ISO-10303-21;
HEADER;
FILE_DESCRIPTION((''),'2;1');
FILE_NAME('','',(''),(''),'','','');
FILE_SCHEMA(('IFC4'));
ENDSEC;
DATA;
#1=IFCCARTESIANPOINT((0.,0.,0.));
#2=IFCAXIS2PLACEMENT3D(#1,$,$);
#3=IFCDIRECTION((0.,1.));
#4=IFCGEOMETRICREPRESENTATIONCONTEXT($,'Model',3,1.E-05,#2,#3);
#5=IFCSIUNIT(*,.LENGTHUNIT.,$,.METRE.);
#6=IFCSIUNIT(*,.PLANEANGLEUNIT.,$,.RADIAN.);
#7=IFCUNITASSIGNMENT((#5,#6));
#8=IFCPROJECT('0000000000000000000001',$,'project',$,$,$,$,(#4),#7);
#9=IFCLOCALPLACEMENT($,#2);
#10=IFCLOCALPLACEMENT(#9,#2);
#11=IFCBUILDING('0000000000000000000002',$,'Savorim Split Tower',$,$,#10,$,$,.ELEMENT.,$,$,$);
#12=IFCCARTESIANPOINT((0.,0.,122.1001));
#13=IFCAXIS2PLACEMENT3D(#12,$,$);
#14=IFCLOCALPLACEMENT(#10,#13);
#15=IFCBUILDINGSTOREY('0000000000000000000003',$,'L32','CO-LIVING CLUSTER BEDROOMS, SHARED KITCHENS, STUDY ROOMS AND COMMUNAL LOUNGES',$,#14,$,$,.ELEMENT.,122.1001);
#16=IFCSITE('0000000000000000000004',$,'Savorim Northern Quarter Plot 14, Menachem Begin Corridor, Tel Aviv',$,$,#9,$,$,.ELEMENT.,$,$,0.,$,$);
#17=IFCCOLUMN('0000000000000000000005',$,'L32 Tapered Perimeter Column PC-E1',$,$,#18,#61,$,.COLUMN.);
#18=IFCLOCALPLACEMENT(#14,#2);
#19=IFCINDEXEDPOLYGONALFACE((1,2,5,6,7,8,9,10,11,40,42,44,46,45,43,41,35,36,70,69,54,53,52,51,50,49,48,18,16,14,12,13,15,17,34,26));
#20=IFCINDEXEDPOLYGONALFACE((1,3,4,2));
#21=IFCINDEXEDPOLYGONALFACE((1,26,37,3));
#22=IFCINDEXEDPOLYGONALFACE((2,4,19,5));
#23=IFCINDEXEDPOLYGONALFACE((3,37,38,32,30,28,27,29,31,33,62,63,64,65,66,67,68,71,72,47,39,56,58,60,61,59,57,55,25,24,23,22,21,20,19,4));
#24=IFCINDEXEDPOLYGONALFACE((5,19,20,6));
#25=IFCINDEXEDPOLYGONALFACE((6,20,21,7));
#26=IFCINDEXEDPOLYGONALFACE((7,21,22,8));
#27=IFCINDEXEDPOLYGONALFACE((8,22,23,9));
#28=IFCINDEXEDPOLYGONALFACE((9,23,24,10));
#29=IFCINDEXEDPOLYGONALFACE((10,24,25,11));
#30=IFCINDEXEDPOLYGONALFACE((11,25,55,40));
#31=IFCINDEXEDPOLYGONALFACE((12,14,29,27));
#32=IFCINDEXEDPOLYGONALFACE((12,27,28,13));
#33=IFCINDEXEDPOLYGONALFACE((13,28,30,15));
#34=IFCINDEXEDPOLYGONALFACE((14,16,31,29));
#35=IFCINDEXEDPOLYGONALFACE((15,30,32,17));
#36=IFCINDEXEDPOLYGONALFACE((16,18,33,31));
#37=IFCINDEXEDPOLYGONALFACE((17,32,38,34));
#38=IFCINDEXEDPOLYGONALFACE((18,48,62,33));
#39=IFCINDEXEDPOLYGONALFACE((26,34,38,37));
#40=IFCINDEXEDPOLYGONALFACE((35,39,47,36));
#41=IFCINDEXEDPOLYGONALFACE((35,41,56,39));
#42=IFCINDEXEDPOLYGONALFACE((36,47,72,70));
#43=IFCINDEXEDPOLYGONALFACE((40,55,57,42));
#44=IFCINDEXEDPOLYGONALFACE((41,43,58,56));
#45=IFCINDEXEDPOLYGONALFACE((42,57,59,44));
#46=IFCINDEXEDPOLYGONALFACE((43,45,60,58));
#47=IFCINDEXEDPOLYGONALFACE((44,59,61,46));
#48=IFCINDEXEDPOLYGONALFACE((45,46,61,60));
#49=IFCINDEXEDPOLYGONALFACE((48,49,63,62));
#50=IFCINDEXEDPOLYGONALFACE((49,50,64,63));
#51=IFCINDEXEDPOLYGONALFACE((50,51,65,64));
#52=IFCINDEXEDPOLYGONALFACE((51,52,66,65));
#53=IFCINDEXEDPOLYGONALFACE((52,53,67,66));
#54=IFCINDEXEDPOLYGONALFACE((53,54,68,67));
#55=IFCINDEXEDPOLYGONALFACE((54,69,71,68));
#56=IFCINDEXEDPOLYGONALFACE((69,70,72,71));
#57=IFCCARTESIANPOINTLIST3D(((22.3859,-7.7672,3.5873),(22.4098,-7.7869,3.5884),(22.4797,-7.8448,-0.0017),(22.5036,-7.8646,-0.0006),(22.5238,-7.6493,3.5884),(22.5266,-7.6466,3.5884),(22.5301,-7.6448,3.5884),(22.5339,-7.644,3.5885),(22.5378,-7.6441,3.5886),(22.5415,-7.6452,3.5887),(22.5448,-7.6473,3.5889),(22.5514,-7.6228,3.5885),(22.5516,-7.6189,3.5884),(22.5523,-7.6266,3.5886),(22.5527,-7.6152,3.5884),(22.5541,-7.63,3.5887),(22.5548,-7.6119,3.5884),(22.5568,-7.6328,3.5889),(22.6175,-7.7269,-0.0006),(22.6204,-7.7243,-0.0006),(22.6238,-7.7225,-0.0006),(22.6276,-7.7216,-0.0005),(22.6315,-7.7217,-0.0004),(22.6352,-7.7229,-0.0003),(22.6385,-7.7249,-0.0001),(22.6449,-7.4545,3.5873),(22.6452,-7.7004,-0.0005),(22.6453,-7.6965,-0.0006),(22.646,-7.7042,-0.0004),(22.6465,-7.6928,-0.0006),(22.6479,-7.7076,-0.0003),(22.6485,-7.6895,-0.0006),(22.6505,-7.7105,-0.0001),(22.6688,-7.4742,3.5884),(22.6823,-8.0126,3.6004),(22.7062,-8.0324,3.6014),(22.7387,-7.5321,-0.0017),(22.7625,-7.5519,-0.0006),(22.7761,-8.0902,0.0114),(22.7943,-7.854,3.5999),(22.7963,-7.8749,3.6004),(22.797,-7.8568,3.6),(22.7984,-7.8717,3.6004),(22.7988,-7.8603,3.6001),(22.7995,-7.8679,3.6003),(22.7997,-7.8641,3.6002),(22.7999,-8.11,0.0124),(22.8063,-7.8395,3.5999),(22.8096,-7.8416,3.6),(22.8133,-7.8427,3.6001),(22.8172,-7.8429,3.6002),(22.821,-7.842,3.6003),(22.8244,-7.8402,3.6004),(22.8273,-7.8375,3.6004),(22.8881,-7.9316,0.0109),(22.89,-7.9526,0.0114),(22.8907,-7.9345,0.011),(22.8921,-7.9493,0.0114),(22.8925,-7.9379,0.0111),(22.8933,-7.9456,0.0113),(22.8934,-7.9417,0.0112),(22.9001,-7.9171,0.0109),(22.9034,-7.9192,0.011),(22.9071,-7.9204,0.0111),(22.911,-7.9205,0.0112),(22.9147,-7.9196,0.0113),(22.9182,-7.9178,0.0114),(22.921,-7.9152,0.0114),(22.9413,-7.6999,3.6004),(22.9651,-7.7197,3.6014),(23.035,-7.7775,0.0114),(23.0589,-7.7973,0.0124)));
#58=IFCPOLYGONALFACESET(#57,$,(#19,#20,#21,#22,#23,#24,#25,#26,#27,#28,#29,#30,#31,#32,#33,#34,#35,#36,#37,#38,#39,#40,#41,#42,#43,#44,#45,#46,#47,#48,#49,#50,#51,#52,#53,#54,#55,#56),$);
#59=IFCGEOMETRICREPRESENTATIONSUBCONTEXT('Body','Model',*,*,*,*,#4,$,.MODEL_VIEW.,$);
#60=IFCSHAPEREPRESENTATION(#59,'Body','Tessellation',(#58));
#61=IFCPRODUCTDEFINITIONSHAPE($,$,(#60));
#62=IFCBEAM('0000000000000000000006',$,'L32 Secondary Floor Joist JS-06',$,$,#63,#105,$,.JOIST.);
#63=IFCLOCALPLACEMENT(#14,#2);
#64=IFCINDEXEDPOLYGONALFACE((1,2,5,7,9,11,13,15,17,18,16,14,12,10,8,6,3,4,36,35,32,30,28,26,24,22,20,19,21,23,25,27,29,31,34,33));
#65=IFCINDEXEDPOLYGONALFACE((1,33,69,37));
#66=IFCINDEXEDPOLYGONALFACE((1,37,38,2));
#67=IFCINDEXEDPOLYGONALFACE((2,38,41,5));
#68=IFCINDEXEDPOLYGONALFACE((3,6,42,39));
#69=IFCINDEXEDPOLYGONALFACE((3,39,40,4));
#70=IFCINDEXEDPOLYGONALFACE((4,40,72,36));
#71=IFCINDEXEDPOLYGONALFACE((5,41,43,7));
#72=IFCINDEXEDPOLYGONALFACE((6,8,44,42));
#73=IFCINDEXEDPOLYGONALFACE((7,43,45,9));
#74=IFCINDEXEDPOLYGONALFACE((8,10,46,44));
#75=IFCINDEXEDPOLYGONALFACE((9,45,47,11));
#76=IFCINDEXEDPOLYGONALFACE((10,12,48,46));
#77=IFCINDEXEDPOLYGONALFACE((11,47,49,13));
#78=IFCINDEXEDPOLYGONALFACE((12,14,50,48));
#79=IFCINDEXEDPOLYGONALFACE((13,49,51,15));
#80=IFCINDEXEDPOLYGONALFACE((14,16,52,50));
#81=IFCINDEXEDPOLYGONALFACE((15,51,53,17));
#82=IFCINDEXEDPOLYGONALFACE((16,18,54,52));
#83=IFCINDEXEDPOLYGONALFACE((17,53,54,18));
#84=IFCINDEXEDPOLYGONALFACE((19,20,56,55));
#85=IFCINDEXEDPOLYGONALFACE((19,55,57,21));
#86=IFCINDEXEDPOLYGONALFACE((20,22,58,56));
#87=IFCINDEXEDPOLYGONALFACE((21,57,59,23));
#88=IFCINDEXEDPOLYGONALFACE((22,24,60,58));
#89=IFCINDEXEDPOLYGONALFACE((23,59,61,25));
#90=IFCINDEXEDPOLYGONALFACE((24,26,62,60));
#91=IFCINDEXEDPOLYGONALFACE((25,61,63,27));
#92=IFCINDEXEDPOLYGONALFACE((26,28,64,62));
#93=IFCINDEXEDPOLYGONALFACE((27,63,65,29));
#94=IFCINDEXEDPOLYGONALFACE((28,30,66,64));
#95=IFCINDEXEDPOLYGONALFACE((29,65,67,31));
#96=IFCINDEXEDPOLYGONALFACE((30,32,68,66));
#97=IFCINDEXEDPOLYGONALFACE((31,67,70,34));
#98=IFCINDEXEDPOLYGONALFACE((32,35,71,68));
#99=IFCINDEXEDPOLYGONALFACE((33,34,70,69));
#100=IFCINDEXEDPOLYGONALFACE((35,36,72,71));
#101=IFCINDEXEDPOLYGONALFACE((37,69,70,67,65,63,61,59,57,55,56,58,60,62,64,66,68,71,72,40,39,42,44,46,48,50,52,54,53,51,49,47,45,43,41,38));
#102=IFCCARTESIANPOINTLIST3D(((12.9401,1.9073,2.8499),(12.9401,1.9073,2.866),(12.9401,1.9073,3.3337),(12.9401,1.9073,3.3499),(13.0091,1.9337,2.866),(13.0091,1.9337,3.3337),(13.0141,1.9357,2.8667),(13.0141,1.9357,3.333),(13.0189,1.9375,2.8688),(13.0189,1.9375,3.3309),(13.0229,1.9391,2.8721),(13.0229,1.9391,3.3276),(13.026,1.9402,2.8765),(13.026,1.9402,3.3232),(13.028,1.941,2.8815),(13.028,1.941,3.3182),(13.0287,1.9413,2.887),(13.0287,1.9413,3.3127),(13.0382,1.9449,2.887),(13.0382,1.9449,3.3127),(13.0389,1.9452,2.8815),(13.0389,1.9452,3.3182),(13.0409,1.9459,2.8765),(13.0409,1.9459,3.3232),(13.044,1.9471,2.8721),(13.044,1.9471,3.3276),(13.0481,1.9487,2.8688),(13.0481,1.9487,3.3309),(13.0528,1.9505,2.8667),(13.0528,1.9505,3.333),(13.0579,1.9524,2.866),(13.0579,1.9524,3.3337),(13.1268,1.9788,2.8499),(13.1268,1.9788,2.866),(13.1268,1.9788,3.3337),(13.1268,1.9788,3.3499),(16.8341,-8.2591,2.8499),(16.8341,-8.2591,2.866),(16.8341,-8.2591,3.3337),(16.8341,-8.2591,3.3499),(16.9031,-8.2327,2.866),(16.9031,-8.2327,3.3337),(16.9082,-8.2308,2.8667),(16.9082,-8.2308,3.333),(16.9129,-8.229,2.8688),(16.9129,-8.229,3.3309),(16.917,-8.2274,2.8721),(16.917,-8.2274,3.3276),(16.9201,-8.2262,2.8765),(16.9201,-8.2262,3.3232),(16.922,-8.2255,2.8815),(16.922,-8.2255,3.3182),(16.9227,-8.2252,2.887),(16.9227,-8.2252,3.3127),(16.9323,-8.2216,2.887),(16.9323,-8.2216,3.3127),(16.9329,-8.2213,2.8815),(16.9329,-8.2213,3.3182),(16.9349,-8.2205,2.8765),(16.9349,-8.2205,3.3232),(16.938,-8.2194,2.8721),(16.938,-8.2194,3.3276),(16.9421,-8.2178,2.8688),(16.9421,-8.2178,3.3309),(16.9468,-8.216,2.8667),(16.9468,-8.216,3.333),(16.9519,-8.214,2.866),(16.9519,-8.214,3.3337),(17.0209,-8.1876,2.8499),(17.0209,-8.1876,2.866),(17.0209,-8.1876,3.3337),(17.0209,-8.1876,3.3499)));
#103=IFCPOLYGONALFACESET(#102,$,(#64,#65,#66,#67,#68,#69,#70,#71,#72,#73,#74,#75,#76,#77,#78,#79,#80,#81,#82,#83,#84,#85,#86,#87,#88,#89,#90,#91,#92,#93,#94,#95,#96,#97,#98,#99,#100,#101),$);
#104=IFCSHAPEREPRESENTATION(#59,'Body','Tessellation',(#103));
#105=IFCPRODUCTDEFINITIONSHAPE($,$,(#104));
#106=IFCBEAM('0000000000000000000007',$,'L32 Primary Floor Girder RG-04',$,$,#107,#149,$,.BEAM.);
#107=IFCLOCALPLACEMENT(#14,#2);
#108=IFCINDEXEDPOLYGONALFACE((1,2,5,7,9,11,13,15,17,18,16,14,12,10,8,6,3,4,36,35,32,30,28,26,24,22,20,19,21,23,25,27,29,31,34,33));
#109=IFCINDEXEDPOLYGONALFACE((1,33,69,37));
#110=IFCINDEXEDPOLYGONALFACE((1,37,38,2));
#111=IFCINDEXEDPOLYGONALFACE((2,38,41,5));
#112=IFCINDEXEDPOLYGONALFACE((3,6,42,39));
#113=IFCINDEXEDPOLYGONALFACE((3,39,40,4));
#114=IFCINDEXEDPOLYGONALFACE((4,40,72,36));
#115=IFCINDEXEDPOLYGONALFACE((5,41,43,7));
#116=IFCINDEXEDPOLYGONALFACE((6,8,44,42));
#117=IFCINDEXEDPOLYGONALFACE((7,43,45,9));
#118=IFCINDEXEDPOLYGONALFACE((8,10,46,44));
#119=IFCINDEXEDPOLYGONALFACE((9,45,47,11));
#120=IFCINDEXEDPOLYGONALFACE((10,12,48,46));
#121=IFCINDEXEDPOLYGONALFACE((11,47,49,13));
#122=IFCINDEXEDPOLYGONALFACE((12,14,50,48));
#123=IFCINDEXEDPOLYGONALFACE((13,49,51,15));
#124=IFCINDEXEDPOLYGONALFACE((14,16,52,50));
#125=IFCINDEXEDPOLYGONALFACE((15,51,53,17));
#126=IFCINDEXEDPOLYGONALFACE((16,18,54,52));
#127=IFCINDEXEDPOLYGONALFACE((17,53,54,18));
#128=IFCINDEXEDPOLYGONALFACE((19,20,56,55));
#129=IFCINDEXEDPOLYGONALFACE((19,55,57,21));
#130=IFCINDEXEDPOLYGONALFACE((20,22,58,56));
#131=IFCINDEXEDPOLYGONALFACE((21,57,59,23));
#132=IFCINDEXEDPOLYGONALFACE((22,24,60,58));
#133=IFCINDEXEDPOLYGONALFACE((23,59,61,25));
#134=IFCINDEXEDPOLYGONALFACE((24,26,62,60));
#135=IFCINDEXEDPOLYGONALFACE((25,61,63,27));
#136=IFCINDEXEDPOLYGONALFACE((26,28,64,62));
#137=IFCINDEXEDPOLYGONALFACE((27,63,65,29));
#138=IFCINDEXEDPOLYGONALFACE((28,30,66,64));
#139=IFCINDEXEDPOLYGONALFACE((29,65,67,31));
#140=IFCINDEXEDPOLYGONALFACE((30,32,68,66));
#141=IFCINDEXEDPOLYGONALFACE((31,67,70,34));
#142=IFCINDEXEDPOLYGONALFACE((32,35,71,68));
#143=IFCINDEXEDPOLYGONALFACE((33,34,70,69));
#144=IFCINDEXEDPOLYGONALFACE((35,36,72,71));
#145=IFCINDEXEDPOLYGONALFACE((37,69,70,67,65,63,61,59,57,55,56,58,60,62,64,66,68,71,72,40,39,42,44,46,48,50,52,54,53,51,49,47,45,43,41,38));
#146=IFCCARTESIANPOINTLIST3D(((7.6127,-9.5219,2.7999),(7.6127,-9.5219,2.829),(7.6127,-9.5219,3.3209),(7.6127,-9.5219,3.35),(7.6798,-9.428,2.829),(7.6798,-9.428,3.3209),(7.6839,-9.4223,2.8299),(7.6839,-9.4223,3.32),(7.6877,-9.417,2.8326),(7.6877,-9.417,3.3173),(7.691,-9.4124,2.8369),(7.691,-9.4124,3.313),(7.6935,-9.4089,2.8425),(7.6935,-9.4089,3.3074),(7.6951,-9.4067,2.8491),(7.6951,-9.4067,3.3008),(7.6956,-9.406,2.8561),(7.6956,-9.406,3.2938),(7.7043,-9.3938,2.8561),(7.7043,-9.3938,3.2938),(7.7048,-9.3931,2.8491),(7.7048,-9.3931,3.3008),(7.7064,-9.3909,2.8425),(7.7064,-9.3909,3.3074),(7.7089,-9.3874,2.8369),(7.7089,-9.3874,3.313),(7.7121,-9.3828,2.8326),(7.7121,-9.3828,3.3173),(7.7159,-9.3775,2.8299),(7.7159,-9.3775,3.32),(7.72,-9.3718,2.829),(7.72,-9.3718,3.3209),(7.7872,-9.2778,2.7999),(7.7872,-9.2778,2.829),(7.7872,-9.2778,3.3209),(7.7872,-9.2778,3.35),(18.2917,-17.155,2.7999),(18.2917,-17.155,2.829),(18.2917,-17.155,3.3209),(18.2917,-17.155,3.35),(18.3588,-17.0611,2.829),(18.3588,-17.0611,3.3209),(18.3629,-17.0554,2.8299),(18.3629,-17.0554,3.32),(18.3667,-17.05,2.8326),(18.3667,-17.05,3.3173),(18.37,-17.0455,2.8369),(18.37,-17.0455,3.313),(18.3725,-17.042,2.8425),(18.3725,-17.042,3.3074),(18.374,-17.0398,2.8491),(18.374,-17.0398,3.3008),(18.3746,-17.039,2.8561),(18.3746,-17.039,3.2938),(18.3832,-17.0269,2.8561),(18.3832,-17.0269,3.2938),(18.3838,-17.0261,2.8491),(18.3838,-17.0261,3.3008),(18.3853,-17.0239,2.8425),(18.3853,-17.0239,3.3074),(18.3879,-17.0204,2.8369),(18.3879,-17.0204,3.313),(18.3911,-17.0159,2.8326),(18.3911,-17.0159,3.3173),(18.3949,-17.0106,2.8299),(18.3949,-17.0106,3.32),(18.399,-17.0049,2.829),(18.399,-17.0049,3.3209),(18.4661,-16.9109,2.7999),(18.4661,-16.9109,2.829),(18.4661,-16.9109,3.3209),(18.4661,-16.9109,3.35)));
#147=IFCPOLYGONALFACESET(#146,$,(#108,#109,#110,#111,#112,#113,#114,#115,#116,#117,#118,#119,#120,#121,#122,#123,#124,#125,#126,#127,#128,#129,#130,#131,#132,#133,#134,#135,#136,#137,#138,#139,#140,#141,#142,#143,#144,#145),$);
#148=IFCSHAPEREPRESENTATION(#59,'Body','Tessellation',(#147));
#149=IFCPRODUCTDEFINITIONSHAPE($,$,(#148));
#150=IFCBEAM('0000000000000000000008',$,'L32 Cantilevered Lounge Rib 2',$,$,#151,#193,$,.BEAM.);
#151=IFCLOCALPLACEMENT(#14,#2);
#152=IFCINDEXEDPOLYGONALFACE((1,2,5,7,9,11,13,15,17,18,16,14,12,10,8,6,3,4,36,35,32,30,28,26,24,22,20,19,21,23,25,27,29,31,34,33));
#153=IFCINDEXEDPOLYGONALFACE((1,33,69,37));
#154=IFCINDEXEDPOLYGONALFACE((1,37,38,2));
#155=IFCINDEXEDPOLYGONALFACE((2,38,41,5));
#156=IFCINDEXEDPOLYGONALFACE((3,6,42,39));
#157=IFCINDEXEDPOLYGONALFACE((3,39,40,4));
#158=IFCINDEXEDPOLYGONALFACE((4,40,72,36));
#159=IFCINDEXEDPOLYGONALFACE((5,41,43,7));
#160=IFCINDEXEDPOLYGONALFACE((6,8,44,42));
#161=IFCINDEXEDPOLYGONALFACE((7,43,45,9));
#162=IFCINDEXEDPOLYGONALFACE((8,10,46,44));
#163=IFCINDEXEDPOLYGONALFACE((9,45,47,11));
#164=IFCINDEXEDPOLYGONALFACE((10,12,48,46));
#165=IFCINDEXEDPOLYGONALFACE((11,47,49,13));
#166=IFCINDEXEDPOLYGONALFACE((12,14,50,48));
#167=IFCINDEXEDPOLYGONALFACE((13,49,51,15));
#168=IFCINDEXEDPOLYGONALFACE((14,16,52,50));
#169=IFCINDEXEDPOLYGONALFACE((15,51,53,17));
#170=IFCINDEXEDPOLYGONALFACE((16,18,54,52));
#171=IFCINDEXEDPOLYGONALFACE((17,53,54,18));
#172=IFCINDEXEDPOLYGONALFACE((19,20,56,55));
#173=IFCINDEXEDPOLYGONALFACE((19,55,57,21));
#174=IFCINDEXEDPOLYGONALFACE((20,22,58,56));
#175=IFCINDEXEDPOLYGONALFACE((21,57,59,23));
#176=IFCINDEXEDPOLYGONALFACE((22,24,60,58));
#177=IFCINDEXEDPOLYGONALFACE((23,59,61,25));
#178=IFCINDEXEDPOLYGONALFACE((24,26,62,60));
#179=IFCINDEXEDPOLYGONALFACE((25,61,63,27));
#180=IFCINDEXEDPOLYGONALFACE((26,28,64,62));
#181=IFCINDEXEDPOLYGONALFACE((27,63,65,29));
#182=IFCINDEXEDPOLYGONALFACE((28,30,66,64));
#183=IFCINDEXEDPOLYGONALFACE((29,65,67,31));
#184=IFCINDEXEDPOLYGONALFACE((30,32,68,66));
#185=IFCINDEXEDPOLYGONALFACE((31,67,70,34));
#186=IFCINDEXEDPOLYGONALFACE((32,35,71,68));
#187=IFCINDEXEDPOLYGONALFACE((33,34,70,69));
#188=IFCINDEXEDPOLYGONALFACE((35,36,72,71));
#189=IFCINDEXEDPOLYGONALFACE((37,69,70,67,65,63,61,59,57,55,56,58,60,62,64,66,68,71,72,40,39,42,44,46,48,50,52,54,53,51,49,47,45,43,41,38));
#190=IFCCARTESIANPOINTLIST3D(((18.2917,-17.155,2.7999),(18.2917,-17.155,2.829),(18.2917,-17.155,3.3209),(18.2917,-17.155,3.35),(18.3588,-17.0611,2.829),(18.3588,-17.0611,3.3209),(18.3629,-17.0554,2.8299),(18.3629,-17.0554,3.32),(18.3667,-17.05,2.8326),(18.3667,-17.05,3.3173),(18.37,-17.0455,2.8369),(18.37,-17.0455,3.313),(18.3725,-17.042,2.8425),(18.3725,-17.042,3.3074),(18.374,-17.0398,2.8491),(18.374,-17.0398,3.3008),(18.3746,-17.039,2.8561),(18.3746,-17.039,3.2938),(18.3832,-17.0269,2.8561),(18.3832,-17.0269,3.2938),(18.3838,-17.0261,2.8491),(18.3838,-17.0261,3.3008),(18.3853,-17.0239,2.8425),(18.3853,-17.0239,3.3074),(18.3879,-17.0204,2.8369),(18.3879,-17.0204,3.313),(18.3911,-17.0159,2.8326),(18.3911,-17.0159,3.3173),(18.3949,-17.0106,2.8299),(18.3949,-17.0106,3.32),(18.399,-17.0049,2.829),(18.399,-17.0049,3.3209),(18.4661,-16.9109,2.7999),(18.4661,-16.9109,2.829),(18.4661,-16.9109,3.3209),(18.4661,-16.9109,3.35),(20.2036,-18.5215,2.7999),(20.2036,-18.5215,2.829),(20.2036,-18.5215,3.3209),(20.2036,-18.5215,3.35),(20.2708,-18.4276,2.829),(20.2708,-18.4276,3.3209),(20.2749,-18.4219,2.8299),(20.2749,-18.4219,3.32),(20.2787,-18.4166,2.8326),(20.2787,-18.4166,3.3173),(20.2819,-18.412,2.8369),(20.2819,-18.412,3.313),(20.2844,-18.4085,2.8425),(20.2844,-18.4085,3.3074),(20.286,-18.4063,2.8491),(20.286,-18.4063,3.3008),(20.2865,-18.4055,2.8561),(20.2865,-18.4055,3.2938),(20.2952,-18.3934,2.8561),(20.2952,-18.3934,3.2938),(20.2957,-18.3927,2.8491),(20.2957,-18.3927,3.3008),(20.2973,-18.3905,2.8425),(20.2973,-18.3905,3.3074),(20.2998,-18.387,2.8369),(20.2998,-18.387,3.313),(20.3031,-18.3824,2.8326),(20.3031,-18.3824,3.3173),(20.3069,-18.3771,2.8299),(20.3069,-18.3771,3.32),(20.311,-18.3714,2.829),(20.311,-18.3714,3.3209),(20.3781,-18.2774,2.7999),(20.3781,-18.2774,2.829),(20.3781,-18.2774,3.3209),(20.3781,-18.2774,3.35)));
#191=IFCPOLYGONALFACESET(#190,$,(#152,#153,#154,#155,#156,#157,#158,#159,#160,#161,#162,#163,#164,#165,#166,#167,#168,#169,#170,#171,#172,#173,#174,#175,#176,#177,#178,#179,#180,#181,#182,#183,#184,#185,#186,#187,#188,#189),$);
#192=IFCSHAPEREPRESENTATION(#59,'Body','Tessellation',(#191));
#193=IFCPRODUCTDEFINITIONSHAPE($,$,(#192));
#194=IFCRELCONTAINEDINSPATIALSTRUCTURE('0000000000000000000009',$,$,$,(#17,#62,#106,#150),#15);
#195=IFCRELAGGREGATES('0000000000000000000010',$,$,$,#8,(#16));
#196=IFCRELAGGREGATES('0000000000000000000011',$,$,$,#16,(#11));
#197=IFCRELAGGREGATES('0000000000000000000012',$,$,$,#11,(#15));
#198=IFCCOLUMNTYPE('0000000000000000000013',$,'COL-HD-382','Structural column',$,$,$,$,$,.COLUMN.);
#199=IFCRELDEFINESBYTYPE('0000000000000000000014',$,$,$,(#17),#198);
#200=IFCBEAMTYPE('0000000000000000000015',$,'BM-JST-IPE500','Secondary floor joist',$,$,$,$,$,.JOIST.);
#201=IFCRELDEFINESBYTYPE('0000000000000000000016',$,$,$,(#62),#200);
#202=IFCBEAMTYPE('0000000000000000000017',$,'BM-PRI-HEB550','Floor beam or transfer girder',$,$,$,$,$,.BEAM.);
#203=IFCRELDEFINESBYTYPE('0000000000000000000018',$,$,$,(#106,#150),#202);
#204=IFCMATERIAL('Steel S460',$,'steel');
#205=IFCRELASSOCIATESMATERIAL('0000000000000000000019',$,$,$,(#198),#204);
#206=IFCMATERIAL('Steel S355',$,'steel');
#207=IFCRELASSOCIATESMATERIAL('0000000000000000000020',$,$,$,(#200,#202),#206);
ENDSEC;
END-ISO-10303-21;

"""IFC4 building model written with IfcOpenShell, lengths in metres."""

from ifc_helpers import new_model, si_unit, direction, frame, origin, origin_2d, place, context, subcontext, project, spatial, i_section, extrude, material, material_profile, profile_set, type_object, element, save


model = new_model("IFC4")

# Units and contexts
model_context = context("Model", 3, precision=1e-05, world=origin(), true_north=direction((0.0, 1.0)))
body_context = subcontext(model_context, "Body", "Model", "MODEL_VIEW")
ifc_project = project(units=[si_unit("LENGTHUNIT", "METRE"), si_unit("PLANEANGLEUNIT", "RADIAN")], contexts=[model_context])

# Site, building, storey
site_placement = place(None, origin())
site = spatial("IfcSite", under=ifc_project, at=site_placement, Name="Savorim Northern Quarter Plot 14, Menachem Begin Corridor, Tel Aviv", CompositionType="ELEMENT", RefElevation=0.0)
building_placement = place(site_placement, origin())
building = spatial("IfcBuilding", under=site, at=building_placement, Name="Savorim Split Tower", CompositionType="ELEMENT")
storey_placement = place(building_placement, frame((0.0, 0.0, 122.1001)))
storey = spatial("IfcBuildingStorey", under=building, at=storey_placement, Name="L32", Description="CO-LIVING CLUSTER BEDROOMS, SHARED KITCHENS, STUDY ROOMS AND COMMUNAL LOUNGES", CompositionType="ELEMENT", Elevation=122.1001)

# Column
ifc_material_1 = material(Name="Steel S460", Category="steel")
ifc_material_profile_1 = material_profile(ifc_material_1, i_section(OverallWidth=0.406, OverallDepth=0.416, WebThickness=0.0188, FlangeThickness=0.031, FilletRadius=0.0149, at=origin_2d()), Name="HD 400x382")
ifc_profile_set_1 = profile_set([ifc_material_profile_1], Name="Steel S460")
column_type = type_object("IfcColumnType", Name="COL-HD-382", Description="Structural column", PredefinedType="COLUMN", material=ifc_profile_set_1)
column_placement = place(storey_placement, frame((22.7693, -7.821, 0.0054), z_axis=(-0.026106, 0.021619, 0.999425), x_axis=(-0.637814, -0.77019, 0.0)))
element("IfcColumn", 1, at=column_placement, inside=storey, type_object=column_type, Name="L32 Tapered Perimeter Column PC-E1", PredefinedType="COLUMN", context=body_context, shape_type="SweptSolid", body=[
    extrude(i_section(OverallWidth=0.406, OverallDepth=0.416, WebThickness=0.0188, FlangeThickness=0.031, FilletRadius=0.0149, at=origin_2d()), origin(), (0.0, 0.0, 1.0), 3.5911),
])

# Beams
ifc_material_2 = material(Name="Steel S355", Category="steel")
ifc_material_profile_2 = material_profile(ifc_material_2, i_section(OverallWidth=0.2, OverallDepth=0.5, WebThickness=0.0103, FlangeThickness=0.0161, FilletRadius=0.021, at=origin_2d()), Name="IPE 500")
ifc_profile_set_2 = profile_set([ifc_material_profile_2], Name="Steel S355")
beam_type_1 = type_object("IfcBeamType", Name="BM-JST-IPE500", Description="Secondary floor joist", PredefinedType="JOIST", material=ifc_profile_set_2)
beam_1_placement = place(storey_placement, frame((16.9275, -8.2234, 3.0999), z_axis=(-0.357686, 0.933842, 0.0), x_axis=(-0.933842, -0.357686, 0.0)))
element("IfcBeam", 2, at=beam_1_placement, inside=storey, type_object=beam_type_1, Name="L32 Secondary Floor Joist JS-06", PredefinedType="JOIST", context=body_context, shape_type="SweptSolid", body=[
    extrude(i_section(OverallWidth=0.2, OverallDepth=0.5, WebThickness=0.0103, FlangeThickness=0.0161, FilletRadius=0.021, at=origin_2d()), origin(), (0.0, 0.0, 1.0), 10.8867),
])
ifc_material_profile_3 = material_profile(ifc_material_2, i_section(OverallWidth=0.3, OverallDepth=0.55, WebThickness=0.0149, FlangeThickness=0.0291, FilletRadius=0.0271, at=origin_2d()), Name="HEB 550")
ifc_profile_set_3 = profile_set([ifc_material_profile_3], Name="Steel S355")
beam_type_2 = type_object("IfcBeamType", Name="BM-PRI-HEB550", Description="Floor beam or transfer girder", PredefinedType="BEAM", material=ifc_profile_set_3)
beam_2_placement = place(storey_placement, frame((18.3789, -17.033, 3.075), z_axis=(-0.813545, 0.581502, 0.0), x_axis=(-0.581502, -0.813545, 0.0)))
element("IfcBeam", 3, at=beam_2_placement, inside=storey, type_object=beam_type_2, Name="L32 Primary Floor Girder RG-04", PredefinedType="BEAM", context=body_context, shape_type="SweptSolid", body=[
    extrude(i_section(OverallWidth=0.3, OverallDepth=0.55, WebThickness=0.0149, FlangeThickness=0.0291, FilletRadius=0.0271, at=origin_2d()), origin(), (0.0, 0.0, 1.0), 13.1265),
])
beam_3_placement = place(storey_placement, frame((18.3789, -17.033, 3.075), z_axis=(0.813565, -0.581474, 0.0), x_axis=(0.581474, 0.813565, 0.0)))
element("IfcBeam", 4, at=beam_3_placement, inside=storey, type_object=beam_type_2, Name="L32 Cantilevered Lounge Rib 2", PredefinedType="BEAM", context=body_context, shape_type="SweptSolid", body=[
    extrude(i_section(OverallWidth=0.3, OverallDepth=0.55, WebThickness=0.0149, FlangeThickness=0.0291, FilletRadius=0.0271, at=origin_2d()), origin(), (0.0, 0.0, 1.0), 2.3501),
])

save(model, "model.ifc")
